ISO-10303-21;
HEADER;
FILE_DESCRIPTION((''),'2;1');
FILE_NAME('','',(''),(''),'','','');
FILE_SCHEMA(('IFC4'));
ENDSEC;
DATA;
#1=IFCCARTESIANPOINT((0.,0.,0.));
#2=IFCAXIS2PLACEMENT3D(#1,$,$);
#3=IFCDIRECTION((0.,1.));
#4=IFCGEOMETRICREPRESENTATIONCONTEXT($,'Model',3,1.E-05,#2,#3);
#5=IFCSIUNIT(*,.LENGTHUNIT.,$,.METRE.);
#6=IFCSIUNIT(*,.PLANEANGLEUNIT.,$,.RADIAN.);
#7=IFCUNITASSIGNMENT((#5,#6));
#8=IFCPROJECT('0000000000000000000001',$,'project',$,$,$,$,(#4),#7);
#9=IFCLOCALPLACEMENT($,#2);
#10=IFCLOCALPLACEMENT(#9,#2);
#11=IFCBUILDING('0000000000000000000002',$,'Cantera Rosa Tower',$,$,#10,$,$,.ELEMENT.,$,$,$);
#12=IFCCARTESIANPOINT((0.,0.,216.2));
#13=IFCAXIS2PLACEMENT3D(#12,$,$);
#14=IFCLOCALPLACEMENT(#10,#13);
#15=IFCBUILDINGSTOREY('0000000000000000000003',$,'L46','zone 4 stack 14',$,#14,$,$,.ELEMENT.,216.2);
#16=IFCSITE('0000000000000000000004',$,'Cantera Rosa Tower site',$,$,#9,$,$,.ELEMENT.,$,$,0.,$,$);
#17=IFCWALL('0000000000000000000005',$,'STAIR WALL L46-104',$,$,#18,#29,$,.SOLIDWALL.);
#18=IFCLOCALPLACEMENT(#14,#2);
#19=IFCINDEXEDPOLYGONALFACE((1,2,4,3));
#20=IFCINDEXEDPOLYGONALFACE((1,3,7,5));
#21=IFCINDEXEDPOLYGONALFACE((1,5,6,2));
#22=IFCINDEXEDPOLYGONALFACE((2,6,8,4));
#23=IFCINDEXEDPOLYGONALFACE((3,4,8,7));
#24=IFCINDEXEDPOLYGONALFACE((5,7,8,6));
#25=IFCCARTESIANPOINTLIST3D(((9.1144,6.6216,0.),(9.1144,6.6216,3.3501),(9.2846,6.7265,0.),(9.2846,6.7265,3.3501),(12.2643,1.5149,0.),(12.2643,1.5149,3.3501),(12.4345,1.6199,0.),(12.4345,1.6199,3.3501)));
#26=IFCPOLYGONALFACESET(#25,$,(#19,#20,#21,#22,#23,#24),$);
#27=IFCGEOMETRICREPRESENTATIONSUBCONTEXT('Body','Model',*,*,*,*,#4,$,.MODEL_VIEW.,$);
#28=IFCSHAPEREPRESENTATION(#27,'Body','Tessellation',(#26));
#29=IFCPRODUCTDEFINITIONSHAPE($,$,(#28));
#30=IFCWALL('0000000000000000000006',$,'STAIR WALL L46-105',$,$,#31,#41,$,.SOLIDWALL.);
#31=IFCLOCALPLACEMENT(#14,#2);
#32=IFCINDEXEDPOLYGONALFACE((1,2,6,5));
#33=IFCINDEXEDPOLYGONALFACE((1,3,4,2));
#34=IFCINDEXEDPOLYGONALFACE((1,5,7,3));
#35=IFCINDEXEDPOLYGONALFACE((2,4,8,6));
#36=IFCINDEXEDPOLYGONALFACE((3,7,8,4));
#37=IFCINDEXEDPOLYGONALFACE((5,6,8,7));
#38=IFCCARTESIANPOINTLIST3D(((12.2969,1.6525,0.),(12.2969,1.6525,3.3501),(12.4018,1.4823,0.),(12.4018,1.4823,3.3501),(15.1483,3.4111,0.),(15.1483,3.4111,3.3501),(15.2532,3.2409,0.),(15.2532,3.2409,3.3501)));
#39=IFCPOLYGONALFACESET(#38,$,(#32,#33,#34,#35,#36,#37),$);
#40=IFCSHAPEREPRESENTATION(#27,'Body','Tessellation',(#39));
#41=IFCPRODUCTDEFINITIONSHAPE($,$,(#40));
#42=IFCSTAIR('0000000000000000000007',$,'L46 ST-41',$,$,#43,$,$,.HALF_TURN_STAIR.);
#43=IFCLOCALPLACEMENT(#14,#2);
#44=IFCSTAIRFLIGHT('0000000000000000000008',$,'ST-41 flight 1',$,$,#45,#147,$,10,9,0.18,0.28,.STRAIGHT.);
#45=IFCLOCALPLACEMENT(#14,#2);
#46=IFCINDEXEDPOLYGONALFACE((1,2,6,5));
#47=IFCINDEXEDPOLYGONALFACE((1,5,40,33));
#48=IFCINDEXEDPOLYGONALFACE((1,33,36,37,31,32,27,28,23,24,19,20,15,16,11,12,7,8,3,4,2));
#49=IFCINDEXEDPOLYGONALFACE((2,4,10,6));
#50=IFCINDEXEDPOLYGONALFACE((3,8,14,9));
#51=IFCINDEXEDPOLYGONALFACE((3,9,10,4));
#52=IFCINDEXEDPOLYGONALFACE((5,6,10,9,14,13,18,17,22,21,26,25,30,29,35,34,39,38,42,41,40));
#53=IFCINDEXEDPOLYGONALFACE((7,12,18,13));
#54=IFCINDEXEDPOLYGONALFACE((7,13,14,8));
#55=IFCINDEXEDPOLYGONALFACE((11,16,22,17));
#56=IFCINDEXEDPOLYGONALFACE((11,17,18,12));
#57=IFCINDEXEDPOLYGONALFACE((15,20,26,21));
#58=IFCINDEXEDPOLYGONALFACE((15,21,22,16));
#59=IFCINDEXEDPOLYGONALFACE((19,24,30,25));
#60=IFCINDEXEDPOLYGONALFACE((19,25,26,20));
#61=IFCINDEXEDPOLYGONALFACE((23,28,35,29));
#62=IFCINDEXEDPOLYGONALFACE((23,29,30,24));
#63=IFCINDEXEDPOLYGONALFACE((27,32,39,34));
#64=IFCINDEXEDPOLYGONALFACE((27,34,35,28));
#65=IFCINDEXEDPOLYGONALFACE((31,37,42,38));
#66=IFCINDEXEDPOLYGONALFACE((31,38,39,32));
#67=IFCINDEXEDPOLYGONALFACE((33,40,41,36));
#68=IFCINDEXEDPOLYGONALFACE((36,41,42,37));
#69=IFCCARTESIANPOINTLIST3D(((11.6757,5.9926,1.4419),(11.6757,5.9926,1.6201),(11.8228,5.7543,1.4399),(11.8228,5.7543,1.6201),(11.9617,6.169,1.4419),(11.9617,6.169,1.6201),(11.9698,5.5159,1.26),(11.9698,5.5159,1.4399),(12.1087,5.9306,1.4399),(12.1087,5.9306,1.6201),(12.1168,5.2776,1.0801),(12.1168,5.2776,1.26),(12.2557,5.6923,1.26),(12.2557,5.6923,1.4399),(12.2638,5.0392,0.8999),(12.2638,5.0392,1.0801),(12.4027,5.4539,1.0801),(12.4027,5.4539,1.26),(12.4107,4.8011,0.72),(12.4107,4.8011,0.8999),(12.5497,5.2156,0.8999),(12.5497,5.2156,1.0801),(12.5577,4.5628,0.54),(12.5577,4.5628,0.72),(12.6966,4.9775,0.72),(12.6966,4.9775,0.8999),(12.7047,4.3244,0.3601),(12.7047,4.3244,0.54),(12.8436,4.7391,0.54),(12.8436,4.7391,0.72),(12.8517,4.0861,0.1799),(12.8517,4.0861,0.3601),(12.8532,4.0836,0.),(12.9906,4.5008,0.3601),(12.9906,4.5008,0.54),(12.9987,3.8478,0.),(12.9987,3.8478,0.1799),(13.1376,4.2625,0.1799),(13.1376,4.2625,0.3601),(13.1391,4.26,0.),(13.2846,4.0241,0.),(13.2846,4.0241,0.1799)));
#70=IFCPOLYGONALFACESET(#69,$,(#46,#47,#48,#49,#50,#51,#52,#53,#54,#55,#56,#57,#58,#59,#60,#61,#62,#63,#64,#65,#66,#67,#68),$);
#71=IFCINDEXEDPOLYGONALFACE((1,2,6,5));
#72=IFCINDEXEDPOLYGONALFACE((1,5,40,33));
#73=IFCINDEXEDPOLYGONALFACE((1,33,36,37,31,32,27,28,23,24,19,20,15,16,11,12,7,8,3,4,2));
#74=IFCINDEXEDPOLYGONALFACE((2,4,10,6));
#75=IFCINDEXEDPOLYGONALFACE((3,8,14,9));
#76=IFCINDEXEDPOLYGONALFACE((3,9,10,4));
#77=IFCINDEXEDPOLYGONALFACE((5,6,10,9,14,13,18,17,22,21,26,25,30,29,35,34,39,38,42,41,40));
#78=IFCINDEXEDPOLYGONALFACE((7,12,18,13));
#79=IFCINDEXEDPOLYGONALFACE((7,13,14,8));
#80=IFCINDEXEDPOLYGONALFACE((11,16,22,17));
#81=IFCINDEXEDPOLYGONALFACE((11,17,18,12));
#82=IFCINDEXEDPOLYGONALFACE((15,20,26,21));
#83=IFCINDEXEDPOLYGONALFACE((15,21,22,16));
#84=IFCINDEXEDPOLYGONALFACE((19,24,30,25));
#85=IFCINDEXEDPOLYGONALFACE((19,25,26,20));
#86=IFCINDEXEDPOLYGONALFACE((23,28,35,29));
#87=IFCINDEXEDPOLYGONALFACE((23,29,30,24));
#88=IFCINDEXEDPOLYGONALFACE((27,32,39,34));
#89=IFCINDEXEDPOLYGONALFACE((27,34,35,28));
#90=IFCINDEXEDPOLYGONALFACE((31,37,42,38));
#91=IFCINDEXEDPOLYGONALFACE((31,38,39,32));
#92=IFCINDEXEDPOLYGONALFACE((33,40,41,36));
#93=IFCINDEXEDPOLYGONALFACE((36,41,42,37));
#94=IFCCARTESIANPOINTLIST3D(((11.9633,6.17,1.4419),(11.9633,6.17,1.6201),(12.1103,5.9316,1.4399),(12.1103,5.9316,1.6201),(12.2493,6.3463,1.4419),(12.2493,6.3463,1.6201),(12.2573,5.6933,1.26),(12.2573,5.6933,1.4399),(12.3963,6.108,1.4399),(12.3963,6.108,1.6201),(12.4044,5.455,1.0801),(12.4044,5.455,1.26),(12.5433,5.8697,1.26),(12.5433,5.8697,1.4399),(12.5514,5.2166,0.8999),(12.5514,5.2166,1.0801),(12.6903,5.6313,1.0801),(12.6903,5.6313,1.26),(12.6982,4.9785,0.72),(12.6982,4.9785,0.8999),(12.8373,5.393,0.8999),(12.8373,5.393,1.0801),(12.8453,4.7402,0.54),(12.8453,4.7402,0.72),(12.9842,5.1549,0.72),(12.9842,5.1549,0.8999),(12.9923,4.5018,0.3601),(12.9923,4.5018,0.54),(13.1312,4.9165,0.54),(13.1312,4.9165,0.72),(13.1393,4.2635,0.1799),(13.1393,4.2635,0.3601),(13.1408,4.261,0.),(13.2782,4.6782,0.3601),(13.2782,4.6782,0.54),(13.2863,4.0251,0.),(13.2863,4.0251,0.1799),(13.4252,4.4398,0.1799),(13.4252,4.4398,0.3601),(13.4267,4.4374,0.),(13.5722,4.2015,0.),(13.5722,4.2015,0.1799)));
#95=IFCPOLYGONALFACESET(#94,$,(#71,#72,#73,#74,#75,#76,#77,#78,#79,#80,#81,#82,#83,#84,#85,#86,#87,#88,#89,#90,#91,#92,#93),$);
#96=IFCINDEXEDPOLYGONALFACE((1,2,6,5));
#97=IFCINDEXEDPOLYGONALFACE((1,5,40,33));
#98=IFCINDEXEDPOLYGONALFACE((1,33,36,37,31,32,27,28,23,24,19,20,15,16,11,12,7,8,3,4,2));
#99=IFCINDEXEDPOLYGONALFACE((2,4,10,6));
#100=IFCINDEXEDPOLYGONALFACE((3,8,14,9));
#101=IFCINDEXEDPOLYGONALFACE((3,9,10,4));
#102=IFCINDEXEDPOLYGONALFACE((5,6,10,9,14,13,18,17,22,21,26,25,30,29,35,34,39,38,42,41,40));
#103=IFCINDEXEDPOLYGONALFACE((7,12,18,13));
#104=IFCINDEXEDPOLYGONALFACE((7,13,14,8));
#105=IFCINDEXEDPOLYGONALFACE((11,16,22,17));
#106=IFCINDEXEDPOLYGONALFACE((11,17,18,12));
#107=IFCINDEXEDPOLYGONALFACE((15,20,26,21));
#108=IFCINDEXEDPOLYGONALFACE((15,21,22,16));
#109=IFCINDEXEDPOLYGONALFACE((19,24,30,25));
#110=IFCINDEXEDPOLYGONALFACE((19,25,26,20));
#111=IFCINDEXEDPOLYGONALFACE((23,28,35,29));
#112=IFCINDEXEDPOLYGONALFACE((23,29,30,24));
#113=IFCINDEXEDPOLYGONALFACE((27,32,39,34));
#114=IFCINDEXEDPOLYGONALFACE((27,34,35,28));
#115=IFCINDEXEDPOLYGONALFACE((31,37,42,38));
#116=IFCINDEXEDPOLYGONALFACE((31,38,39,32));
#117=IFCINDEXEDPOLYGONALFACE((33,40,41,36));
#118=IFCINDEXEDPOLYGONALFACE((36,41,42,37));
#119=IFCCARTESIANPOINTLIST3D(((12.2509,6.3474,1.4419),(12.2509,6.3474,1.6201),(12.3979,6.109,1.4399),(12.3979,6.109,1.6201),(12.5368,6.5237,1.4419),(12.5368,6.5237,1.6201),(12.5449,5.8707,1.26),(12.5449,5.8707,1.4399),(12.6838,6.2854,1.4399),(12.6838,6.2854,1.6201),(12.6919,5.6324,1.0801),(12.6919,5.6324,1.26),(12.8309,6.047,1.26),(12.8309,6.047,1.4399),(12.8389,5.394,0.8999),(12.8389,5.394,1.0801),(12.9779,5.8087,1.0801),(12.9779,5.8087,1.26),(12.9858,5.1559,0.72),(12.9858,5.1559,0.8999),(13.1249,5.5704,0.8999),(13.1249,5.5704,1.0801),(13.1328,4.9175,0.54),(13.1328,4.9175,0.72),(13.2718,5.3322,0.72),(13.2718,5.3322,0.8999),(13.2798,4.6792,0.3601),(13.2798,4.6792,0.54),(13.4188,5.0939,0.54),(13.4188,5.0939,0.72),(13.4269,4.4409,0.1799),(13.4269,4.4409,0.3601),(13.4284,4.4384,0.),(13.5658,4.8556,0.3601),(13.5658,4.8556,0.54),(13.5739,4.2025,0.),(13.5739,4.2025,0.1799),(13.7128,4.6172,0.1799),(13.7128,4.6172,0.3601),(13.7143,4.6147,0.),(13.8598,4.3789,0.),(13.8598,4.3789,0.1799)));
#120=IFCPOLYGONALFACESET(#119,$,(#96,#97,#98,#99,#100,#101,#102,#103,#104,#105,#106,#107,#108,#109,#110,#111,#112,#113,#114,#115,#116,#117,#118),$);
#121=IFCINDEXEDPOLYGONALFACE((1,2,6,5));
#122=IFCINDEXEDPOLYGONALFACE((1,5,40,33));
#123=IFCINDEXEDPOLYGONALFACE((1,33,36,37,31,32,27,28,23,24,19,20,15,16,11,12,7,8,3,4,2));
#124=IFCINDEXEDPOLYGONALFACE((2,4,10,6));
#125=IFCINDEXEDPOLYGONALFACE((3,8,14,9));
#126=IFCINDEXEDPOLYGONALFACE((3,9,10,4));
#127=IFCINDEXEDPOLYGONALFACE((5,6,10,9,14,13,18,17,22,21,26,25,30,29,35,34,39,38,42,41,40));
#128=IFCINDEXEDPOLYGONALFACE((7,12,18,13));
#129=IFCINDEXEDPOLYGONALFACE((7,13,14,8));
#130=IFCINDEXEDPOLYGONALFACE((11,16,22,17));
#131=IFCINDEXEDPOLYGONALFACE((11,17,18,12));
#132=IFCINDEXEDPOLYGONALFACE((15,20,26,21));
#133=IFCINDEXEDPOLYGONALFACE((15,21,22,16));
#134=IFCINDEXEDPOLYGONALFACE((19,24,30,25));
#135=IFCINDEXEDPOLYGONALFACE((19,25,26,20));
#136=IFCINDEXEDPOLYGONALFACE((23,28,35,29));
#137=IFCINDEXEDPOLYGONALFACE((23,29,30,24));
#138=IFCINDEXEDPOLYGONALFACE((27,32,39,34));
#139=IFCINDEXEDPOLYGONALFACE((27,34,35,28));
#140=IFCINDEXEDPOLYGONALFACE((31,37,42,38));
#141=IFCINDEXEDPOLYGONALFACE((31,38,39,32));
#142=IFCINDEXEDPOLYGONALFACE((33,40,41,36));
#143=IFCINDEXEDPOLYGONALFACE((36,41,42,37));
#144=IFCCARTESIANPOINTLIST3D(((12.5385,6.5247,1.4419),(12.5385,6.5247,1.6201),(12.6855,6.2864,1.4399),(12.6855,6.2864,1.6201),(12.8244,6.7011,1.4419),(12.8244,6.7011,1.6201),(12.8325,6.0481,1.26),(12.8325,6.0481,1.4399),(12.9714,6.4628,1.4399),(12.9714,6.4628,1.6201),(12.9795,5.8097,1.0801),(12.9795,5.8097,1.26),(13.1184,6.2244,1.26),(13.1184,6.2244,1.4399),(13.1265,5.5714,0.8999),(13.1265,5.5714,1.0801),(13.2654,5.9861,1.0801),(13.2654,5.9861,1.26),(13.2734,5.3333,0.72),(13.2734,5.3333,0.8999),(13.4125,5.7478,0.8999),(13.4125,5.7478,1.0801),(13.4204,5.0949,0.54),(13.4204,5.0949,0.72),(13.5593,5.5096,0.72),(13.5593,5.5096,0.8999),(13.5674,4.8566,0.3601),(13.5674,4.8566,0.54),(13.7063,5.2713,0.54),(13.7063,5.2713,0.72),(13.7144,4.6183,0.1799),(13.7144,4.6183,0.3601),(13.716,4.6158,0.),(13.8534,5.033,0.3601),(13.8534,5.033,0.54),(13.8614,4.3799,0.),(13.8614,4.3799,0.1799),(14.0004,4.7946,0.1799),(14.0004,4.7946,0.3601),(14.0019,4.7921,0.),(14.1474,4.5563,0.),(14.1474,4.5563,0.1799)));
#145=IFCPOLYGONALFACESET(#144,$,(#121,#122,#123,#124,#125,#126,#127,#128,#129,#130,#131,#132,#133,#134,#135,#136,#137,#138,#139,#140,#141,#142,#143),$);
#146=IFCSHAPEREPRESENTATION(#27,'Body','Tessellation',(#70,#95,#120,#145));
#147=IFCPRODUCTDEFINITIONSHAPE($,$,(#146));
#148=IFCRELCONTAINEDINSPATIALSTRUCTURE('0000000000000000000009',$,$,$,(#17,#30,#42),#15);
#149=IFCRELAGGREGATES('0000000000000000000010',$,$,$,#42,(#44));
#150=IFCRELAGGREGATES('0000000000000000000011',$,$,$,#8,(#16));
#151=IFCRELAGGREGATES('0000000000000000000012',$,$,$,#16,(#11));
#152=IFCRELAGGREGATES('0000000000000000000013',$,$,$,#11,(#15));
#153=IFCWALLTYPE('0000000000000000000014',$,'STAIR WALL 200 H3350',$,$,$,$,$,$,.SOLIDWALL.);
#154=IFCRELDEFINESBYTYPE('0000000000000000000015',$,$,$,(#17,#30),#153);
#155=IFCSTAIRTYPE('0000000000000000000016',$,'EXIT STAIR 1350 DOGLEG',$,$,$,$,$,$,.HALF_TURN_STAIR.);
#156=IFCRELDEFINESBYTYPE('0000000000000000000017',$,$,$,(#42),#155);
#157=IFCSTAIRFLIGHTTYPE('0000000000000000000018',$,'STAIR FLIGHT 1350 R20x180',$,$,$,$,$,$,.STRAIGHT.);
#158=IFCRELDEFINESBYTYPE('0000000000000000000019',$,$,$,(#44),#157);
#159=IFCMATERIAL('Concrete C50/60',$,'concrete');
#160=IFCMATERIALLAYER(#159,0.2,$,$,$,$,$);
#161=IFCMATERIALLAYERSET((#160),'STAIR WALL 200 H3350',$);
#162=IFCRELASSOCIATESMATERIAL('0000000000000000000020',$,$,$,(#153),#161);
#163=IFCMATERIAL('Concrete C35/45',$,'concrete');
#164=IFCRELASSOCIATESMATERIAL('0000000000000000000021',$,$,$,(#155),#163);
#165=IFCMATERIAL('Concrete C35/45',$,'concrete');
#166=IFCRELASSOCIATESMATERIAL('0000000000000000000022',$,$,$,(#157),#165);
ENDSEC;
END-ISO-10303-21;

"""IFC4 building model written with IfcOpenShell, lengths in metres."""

from ifc_helpers import new_model, si_unit, direction, frame, frame_2d, origin, place, context, subcontext, project, spatial, polyline, rectangle, outline, extrude, material, layer, layer_set, type_object, element, aggregate, save


model = new_model("IFC4")

# Units and contexts
model_context = context("Model", 3, precision=1e-05, world=origin(), true_north=direction((0.0, 1.0)))
body_context = subcontext(model_context, "Body", "Model", "MODEL_VIEW")
ifc_project = project(units=[si_unit("LENGTHUNIT", "METRE"), si_unit("PLANEANGLEUNIT", "RADIAN")], contexts=[model_context])

# Site, building, storey
site_placement = place(None, origin())
site = spatial("IfcSite", under=ifc_project, at=site_placement, Name="Cantera Rosa Tower site", CompositionType="ELEMENT", RefElevation=0.0)
building_placement = place(site_placement, origin())
building = spatial("IfcBuilding", under=site, at=building_placement, Name="Cantera Rosa Tower", CompositionType="ELEMENT")
storey_placement = place(building_placement, frame((0.0, 0.0, 216.2)))
storey = spatial("IfcBuildingStorey", under=building, at=storey_placement, Name="L46", Description="zone 4 stack 14", CompositionType="ELEMENT", Elevation=216.2)

# Shared definitions
ifc_material_1 = material(Name="Concrete C50/60", Category="concrete")
ifc_layer_1 = layer(ifc_material_1, 0.2)
ifc_layer_set_1 = layer_set([ifc_layer_1], Name="STAIR WALL 200 H3350")
wall_type_1 = type_object("IfcWallType", Name="STAIR WALL 200 H3350", PredefinedType="SOLIDWALL", material=ifc_layer_set_1)

# Walls
wall_1_placement = place(storey_placement, frame((12.3494, 1.5674, 0.0), z_axis=(0.0, 0.0, 1.0), x_axis=(-0.524983, 0.851113, 0.0)))
element("IfcWall", 1, at=wall_1_placement, inside=storey, type_object=wall_type_1, Name="STAIR WALL L46-104", PredefinedType="SOLIDWALL", context=body_context, shape_type="SweptSolid", body=[
    extrude(rectangle(XDim=6.0, YDim=0.2, at=frame_2d((3.0, 0.0))), origin(), (0.0, 0.0, 1.0), 3.3501),
])
wall_2_placement = place(storey_placement, frame((12.3494, 1.5674, 0.0), z_axis=(0.0, 0.0, 1.0), x_axis=(0.85114, 0.524939, 0.0)))
element("IfcWall", 2, at=wall_2_placement, inside=storey, type_object=wall_type_1, Name="STAIR WALL L46-105", PredefinedType="SOLIDWALL", context=body_context, shape_type="SweptSolid", body=[
    extrude(rectangle(XDim=3.3501, YDim=0.2, at=frame_2d((1.675, 0.0))), origin(), (0.0, 0.0, 1.0), 3.3501),
])

# Stair, stair flight
ifc_material_2 = material(Name="Concrete C35/45", Category="concrete")
stair_type = type_object("IfcStairType", Name="EXIT STAIR 1350 DOGLEG", PredefinedType="HALF_TURN_STAIR", material=ifc_material_2)
stair_placement = place(storey_placement, origin())
stair = element("IfcStair", 3, at=stair_placement, inside=storey, type_object=stair_type, Name="L46 ST-41", PredefinedType="HALF_TURN_STAIR")
ifc_material_3 = material(Name="Concrete C35/45", Category="concrete")
stair_flight_type = type_object("IfcStairFlightType", Name="STAIR FLIGHT 1350 R20x180", PredefinedType="STRAIGHT", material=ifc_material_3)
stair_flight_1_placement = place(storey_placement, frame((13.5732, 4.2021, 0.0), z_axis=(0.0, 0.0, 1.0), x_axis=(-0.524977, 0.851117, 0.0)))
stair_flight_1 = element("IfcStairFlight", 4, at=stair_flight_1_placement, type_object=stair_flight_type, Name="ST-41 flight 1", NumberOfRisers=10, NumberOfTreads=9, PredefinedType="STRAIGHT", RiserHeight=0.18, TreadLength=0.28, context=body_context, shape_type="SweptSolid", body=[
    extrude(outline(polyline([(0.0, 0.0), (0.0, 0.1799), (0.28, 0.1799), (0.28, 0.3601), (0.5601, 0.3601), (0.5601, 0.54), (0.8401, 0.54), (0.8401, 0.72), (1.1201, 0.72), (1.1201, 0.8999), (1.3999, 0.8999), (1.3999, 1.0801), (1.6799, 1.0801), (1.6799, 1.26), (1.96, 1.26), (1.96, 1.4399), (2.24, 1.4399), (2.24, 1.6201), (2.52, 1.6201), (2.52, 1.8), (2.52, 1.4419), (0.2771, 0.0), (0.0, 0.0)])), frame((0.0, 0.675, 0.0), z_axis=(0.0, -1.0, 0.0), x_axis=(1.0, 0.0, 0.0)), (0.0, 0.0, 1.0), 0.3359),
    extrude(outline(polyline([(0.0, 0.0), (0.0, 0.1799), (0.28, 0.1799), (0.28, 0.3601), (0.5601, 0.3601), (0.5601, 0.54), (0.8401, 0.54), (0.8401, 0.72), (1.1201, 0.72), (1.1201, 0.8999), (1.3999, 0.8999), (1.3999, 1.0801), (1.6799, 1.0801), (1.6799, 1.26), (1.96, 1.26), (1.96, 1.4399), (2.24, 1.4399), (2.24, 1.6201), (2.52, 1.6201), (2.52, 1.8), (2.52, 1.4419), (0.2771, 0.0), (0.0, 0.0)])), frame((0.0, 0.3372, 0.0), z_axis=(0.0, -1.0, 0.0), x_axis=(1.0, 0.0, 0.0)), (0.0, 0.0, 1.0), 0.3359),
    extrude(outline(polyline([(0.0, 0.0), (0.0, 0.1799), (0.28, 0.1799), (0.28, 0.3601), (0.5601, 0.3601), (0.5601, 0.54), (0.8401, 0.54), (0.8401, 0.72), (1.1201, 0.72), (1.1201, 0.8999), (1.3999, 0.8999), (1.3999, 1.0801), (1.6799, 1.0801), (1.6799, 1.26), (1.96, 1.26), (1.96, 1.4399), (2.24, 1.4399), (2.24, 1.6201), (2.52, 1.6201), (2.52, 1.8), (2.52, 1.4419), (0.2771, 0.0), (0.0, 0.0)])), frame((0.0, -0.0007, 0.0), z_axis=(0.0, -1.0, 0.0), x_axis=(1.0, 0.0, 0.0)), (0.0, 0.0, 1.0), 0.3359),
    extrude(outline(polyline([(0.0, 0.0), (0.0, 0.1799), (0.28, 0.1799), (0.28, 0.3601), (0.5601, 0.3601), (0.5601, 0.54), (0.8401, 0.54), (0.8401, 0.72), (1.1201, 0.72), (1.1201, 0.8999), (1.3999, 0.8999), (1.3999, 1.0801), (1.6799, 1.0801), (1.6799, 1.26), (1.96, 1.26), (1.96, 1.4399), (2.24, 1.4399), (2.24, 1.6201), (2.52, 1.6201), (2.52, 1.8), (2.52, 1.4419), (0.2771, 0.0), (0.0, 0.0)])), frame((0.0, -0.3386, 0.0), z_axis=(0.0, -1.0, 0.0), x_axis=(1.0, 0.0, 0.0)), (0.0, 0.0, 1.0), 0.3359),
])
aggregate(stair, [stair_flight_1])

save(model, "model.ifc")
